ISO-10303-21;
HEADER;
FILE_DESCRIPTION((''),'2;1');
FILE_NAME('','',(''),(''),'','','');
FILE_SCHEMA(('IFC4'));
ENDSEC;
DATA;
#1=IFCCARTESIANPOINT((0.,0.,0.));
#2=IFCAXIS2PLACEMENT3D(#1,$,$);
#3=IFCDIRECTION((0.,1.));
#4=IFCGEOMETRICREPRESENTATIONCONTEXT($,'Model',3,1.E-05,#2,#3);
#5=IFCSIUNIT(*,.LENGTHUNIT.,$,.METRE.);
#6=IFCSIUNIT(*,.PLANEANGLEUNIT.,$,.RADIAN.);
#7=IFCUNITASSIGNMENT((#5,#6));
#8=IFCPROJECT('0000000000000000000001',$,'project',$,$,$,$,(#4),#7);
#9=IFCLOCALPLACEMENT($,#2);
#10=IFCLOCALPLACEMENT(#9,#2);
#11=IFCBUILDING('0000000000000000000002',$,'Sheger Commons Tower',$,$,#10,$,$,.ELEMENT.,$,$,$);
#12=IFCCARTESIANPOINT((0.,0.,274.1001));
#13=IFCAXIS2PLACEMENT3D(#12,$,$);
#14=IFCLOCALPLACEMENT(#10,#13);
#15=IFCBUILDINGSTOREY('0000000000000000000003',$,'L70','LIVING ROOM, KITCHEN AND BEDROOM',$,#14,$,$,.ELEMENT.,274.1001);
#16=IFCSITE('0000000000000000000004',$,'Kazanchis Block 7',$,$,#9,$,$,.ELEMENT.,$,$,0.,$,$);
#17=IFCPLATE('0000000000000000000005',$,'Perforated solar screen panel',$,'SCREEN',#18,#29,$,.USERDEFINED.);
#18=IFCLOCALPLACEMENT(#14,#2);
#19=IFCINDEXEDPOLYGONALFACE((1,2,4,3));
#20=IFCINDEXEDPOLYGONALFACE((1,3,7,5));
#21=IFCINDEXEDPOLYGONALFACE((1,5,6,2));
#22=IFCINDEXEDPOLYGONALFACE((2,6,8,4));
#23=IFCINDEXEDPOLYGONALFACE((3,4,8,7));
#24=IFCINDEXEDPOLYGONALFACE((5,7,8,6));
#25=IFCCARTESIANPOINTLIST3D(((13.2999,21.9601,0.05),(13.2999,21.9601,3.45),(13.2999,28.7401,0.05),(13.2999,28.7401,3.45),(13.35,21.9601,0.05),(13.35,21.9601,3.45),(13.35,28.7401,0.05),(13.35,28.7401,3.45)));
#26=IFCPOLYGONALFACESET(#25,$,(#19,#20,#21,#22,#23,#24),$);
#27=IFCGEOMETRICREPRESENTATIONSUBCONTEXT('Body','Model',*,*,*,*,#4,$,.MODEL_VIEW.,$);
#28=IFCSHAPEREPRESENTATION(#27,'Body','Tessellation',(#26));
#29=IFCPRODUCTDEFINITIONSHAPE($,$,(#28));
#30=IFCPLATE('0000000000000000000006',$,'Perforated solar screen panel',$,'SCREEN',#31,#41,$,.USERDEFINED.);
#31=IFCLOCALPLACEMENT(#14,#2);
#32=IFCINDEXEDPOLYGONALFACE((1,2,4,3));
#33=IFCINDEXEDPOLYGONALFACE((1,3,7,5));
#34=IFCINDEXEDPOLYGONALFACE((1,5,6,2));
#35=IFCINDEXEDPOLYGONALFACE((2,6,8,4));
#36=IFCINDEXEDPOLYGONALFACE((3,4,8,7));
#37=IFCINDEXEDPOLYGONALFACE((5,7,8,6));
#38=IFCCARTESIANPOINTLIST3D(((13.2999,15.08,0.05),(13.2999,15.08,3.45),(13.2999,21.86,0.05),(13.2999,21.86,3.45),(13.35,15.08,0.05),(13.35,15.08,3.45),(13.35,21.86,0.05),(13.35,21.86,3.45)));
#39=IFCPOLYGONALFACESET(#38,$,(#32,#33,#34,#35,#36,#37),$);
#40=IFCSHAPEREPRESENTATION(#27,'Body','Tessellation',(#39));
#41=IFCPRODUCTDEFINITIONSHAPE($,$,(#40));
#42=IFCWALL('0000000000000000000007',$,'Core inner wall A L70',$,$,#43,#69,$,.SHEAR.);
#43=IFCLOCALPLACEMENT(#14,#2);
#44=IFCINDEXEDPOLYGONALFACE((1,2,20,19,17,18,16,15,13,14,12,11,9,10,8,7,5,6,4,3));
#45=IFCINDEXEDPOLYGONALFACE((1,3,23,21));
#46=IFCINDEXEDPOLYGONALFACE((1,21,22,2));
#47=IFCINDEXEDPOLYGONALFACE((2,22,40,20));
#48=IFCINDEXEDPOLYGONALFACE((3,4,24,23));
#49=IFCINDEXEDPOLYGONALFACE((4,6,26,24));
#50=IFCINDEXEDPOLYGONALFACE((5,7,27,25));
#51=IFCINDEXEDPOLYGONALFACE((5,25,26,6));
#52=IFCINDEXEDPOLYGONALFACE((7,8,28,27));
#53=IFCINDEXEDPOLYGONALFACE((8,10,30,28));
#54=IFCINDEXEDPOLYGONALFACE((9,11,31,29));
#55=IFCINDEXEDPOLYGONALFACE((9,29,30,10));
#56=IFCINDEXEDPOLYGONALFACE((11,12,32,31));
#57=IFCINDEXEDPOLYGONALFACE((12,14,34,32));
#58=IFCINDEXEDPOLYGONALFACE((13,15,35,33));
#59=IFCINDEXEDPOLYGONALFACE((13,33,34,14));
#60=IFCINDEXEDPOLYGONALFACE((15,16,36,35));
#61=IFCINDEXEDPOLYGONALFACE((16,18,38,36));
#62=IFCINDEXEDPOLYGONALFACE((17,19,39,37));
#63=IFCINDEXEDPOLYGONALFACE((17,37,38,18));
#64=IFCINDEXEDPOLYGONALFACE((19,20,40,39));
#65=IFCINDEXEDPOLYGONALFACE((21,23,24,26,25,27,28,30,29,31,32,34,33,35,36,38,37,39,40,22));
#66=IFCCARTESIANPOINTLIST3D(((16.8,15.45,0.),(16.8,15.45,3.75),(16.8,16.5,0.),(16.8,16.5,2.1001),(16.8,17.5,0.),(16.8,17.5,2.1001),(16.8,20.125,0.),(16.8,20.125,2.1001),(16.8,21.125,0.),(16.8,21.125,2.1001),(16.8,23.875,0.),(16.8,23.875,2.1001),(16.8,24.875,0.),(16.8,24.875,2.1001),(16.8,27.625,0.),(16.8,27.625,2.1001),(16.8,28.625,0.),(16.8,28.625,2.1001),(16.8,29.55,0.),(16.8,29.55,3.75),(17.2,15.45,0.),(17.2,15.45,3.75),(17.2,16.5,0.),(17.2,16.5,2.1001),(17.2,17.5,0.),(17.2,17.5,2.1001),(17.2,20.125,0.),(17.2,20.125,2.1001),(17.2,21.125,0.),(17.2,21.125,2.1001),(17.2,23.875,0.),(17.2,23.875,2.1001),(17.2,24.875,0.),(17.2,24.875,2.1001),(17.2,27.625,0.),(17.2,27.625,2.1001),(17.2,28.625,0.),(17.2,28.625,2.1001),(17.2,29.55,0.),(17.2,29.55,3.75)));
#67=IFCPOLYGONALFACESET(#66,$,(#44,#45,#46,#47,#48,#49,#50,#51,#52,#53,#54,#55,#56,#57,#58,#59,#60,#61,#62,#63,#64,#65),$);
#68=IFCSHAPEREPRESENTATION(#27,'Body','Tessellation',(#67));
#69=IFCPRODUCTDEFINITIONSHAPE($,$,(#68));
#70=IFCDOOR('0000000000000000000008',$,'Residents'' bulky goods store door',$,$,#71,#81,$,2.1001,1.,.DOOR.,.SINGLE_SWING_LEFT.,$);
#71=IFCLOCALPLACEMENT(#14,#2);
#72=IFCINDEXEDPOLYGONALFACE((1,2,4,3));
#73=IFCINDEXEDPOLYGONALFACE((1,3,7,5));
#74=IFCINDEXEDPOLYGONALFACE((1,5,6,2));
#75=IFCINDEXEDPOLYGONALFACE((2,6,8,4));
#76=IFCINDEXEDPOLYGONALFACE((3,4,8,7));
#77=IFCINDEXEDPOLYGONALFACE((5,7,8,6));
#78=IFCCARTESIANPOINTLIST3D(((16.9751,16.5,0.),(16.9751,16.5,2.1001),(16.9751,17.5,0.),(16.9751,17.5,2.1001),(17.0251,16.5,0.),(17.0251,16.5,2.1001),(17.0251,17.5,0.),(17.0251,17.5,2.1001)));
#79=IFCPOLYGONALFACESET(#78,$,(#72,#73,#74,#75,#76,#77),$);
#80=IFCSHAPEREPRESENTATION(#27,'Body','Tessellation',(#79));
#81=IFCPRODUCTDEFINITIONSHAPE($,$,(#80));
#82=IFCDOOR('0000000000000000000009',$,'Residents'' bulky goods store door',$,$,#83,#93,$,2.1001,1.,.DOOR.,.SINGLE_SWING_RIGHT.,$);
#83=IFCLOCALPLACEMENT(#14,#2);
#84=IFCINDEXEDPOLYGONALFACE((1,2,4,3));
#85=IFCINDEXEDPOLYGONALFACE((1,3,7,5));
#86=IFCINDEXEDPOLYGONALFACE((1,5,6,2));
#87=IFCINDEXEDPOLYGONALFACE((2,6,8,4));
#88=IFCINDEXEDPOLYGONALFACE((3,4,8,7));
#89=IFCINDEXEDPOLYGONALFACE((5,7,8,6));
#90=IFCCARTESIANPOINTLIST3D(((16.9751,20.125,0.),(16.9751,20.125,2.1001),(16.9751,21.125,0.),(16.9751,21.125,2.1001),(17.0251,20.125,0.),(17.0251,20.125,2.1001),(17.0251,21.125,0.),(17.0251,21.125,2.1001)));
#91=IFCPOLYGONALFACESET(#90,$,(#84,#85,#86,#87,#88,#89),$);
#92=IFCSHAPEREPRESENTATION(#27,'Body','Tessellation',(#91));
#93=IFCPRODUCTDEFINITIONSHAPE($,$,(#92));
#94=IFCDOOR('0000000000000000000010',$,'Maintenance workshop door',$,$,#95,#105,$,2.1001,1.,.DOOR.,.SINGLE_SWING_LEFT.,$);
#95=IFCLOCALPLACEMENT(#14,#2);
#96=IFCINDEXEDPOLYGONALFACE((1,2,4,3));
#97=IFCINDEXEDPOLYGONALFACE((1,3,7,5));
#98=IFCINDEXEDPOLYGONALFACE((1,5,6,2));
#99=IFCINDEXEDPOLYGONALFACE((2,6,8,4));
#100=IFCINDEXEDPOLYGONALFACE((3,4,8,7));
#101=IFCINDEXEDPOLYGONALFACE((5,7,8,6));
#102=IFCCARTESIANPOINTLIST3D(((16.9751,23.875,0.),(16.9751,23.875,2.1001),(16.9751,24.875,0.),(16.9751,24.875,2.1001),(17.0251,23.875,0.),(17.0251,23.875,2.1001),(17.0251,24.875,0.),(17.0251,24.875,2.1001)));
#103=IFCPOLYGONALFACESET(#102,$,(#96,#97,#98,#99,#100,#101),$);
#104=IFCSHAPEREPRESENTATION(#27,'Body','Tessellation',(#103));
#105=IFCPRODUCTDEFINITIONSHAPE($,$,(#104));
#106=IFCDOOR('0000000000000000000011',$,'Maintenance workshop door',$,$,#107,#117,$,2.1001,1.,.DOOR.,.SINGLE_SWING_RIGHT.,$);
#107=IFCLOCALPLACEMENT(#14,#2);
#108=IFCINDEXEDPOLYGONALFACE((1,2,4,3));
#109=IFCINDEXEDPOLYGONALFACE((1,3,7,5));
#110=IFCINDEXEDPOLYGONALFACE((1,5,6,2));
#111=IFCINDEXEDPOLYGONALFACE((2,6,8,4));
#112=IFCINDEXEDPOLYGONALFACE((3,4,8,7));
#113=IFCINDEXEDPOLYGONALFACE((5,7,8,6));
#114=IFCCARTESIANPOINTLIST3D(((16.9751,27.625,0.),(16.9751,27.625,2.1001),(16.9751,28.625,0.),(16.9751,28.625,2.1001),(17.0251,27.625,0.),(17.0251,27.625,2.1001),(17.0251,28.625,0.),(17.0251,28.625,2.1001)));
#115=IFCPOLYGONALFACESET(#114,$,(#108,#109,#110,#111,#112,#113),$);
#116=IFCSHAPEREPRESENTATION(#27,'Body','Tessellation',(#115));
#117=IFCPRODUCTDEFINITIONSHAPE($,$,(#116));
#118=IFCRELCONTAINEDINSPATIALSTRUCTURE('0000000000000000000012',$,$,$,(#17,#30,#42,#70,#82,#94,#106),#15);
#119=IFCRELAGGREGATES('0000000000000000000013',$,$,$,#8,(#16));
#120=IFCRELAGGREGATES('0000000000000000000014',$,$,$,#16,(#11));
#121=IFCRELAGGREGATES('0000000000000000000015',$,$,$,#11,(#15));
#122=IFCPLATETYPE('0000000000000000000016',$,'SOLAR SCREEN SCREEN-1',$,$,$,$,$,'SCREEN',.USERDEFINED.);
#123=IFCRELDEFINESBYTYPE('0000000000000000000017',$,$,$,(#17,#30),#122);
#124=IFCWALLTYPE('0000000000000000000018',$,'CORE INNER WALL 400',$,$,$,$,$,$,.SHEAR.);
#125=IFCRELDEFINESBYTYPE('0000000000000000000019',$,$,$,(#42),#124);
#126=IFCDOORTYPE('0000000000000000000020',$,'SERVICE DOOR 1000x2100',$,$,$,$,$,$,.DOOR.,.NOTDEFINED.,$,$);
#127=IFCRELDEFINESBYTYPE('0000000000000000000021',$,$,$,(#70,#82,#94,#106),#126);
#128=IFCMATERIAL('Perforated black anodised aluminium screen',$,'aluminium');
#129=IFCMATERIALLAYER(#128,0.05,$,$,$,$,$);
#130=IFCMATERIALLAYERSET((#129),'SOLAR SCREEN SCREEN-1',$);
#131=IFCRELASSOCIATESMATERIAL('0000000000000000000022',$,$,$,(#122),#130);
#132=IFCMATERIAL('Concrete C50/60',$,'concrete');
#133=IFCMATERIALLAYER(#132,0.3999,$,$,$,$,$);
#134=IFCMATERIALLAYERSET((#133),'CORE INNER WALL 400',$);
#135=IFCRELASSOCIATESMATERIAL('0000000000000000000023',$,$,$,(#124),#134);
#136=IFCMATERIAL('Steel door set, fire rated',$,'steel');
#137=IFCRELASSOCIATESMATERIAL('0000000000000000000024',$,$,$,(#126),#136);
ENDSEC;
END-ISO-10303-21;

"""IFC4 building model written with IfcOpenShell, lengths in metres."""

from ifc_helpers import new_model, si_unit, direction, frame, frame_2d, origin, origin_2d, place, context, subcontext, project, spatial, rectangle, extrude, material, layer, layer_set, type_object, element, fill, save


model = new_model("IFC4")

# Units and contexts
model_context = context("Model", 3, precision=1e-05, world=origin(), true_north=direction((0.0, 1.0)))
body_context = subcontext(model_context, "Body", "Model", "MODEL_VIEW")
ifc_project = project(units=[si_unit("LENGTHUNIT", "METRE"), si_unit("PLANEANGLEUNIT", "RADIAN")], contexts=[model_context])

# Site, building, storey
site_placement = place(None, origin())
site = spatial("IfcSite", under=ifc_project, at=site_placement, Name="Kazanchis Block 7", CompositionType="ELEMENT", RefElevation=0.0)
building_placement = place(site_placement, origin())
building = spatial("IfcBuilding", under=site, at=building_placement, Name="Sheger Commons Tower", CompositionType="ELEMENT")
storey_placement = place(building_placement, frame((0.0, 0.0, 274.1001)))
storey = spatial("IfcBuildingStorey", under=building, at=storey_placement, Name="L70", Description="LIVING ROOM, KITCHEN AND BEDROOM", CompositionType="ELEMENT", Elevation=274.1001)

# Plates
ifc_material_1 = material(Name="Perforated black anodised aluminium screen", Category="aluminium")
ifc_layer_1 = layer(ifc_material_1, 0.05)
ifc_layer_set_1 = layer_set([ifc_layer_1], Name="SOLAR SCREEN SCREEN-1")
plate_type = type_object("IfcPlateType", Name="SOLAR SCREEN SCREEN-1", ElementType="SCREEN", PredefinedType="USERDEFINED", material=ifc_layer_set_1)
for number, where, z_axis, x_axis, name in (
    (1, (13.325, 25.3501, 0.05), (0.0, 0.0, 1.0), (0.0, -1.0, 0.0), "Perforated solar screen panel"),
    (2, (13.325, 18.47, 0.05), (0.0, 0.0, 1.0), (0.0, -1.0, 0.0), "Perforated solar screen panel"),
):
    element("IfcPlate", number, at=place(storey_placement, frame(where, z_axis=z_axis, x_axis=x_axis)), inside=storey, type_object=plate_type, Name=name, ObjectType="SCREEN", PredefinedType="USERDEFINED", context=body_context, shape_type="SweptSolid", body=[
        extrude(rectangle(XDim=6.78, YDim=0.05, at=origin_2d()), origin(), (0.0, 0.0, 1.0), 3.3999),
    ])

# Wall, openings, doors
ifc_material_2 = material(Name="Concrete C50/60", Category="concrete")
ifc_layer_2 = layer(ifc_material_2, 0.3999)
ifc_layer_set_2 = layer_set([ifc_layer_2], Name="CORE INNER WALL 400")
wall_type_1 = type_object("IfcWallType", Name="CORE INNER WALL 400", PredefinedType="SHEAR", material=ifc_layer_set_2)
wall_1_placement = place(storey_placement, frame((17.0, 15.45, 0.0), z_axis=(0.0, 0.0, 1.0), x_axis=(0.0, 1.0, 0.0)))
wall_1 = element("IfcWall", 3, at=wall_1_placement, inside=storey, type_object=wall_type_1, Name="Core inner wall A L70", PredefinedType="SHEAR", context=body_context, shape_type="SweptSolid", body=[
    extrude(rectangle(XDim=14.1001, YDim=0.3999, at=frame_2d((7.05, 0.0))), origin(), (0.0, 0.0, 1.0), 3.75),
])
opening_1_placement = place(wall_1_placement, frame((1.05, 0.0, 0.0)))
opening_1 = element("IfcOpeningElement", 4, at=opening_1_placement, cuts=wall_1, PredefinedType="OPENING", context=body_context, shape_type="SweptSolid", body=[
    extrude(rectangle(XDim=1.0, YDim=2.1001, at=frame_2d((0.5, 1.05))), frame((0.0, 0.21, 0.0), z_axis=(0.0, -1.0, 0.0), x_axis=(1.0, 0.0, 0.0)), (0.0, 0.0, 1.0), 0.4199),
])
opening_2_placement = place(wall_1_placement, frame((4.675, 0.0, 0.0)))
opening_2 = element("IfcOpeningElement", 5, at=opening_2_placement, cuts=wall_1, PredefinedType="OPENING", context=body_context, shape_type="SweptSolid", body=[
    extrude(rectangle(XDim=1.0, YDim=2.1001, at=frame_2d((0.5, 1.05))), frame((0.0, 0.21, 0.0), z_axis=(0.0, -1.0, 0.0), x_axis=(1.0, 0.0, 0.0)), (0.0, 0.0, 1.0), 0.4199),
])
opening_3_placement = place(wall_1_placement, frame((8.425, 0.0, 0.0)))
opening_3 = element("IfcOpeningElement", 6, at=opening_3_placement, cuts=wall_1, PredefinedType="OPENING", context=body_context, shape_type="SweptSolid", body=[
    extrude(rectangle(XDim=1.0, YDim=2.1001, at=frame_2d((0.5, 1.05))), frame((0.0, 0.21, 0.0), z_axis=(0.0, -1.0, 0.0), x_axis=(1.0, 0.0, 0.0)), (0.0, 0.0, 1.0), 0.4199),
])
opening_4_placement = place(wall_1_placement, frame((12.175, 0.0, 0.0)))
opening_4 = element("IfcOpeningElement", 7, at=opening_4_placement, cuts=wall_1, PredefinedType="OPENING", context=body_context, shape_type="SweptSolid", body=[
    extrude(rectangle(XDim=1.0, YDim=2.1001, at=frame_2d((0.5, 1.05))), frame((0.0, 0.21, 0.0), z_axis=(0.0, -1.0, 0.0), x_axis=(1.0, 0.0, 0.0)), (0.0, 0.0, 1.0), 0.4199),
])
ifc_material_3 = material(Name="Steel door set, fire rated", Category="steel")
door_type_1 = type_object("IfcDoorType", Name="SERVICE DOOR 1000x2100", OperationType="NOTDEFINED", PredefinedType="DOOR", material=ifc_material_3)
door_1_placement = place(opening_1_placement, origin())
door_1 = element("IfcDoor", 8, at=door_1_placement, inside=storey, type_object=door_type_1, Name="Residents' bulky goods store door", OperationType="SINGLE_SWING_LEFT", OverallHeight=2.1001, OverallWidth=1.0, PredefinedType="DOOR", context=body_context, shape_type="SweptSolid", body=[
    extrude(rectangle(XDim=1.0, YDim=2.1001, at=frame_2d((0.5, 1.05))), frame((0.0, 0.0249, 0.0), z_axis=(0.0, -1.0, 0.0), x_axis=(1.0, 0.0, 0.0)), (0.0, 0.0, 1.0), 0.05),
])
fill(opening_1, door_1)
door_2_placement = place(opening_2_placement, origin())
door_2 = element("IfcDoor", 9, at=door_2_placement, inside=storey, type_object=door_type_1, Name="Residents' bulky goods store door", OperationType="SINGLE_SWING_RIGHT", OverallHeight=2.1001, OverallWidth=1.0, PredefinedType="DOOR", context=body_context, shape_type="SweptSolid", body=[
    extrude(rectangle(XDim=1.0, YDim=2.1001, at=frame_2d((0.5, 1.05))), frame((0.0, 0.0249, 0.0), z_axis=(0.0, -1.0, 0.0), x_axis=(1.0, 0.0, 0.0)), (0.0, 0.0, 1.0), 0.05),
])
fill(opening_2, door_2)
door_3_placement = place(opening_3_placement, origin())
door_3 = element("IfcDoor", 10, at=door_3_placement, inside=storey, type_object=door_type_1, Name="Maintenance workshop door", OperationType="SINGLE_SWING_LEFT", OverallHeight=2.1001, OverallWidth=1.0, PredefinedType="DOOR", context=body_context, shape_type="SweptSolid", body=[
    extrude(rectangle(XDim=1.0, YDim=2.1001, at=frame_2d((0.5, 1.05))), frame((0.0, 0.0249, 0.0), z_axis=(0.0, -1.0, 0.0), x_axis=(1.0, 0.0, 0.0)), (0.0, 0.0, 1.0), 0.05),
])
fill(opening_3, door_3)
door_4_placement = place(opening_4_placement, origin())
door_4 = element("IfcDoor", 11, at=door_4_placement, inside=storey, type_object=door_type_1, Name="Maintenance workshop door", OperationType="SINGLE_SWING_RIGHT", OverallHeight=2.1001, OverallWidth=1.0, PredefinedType="DOOR", context=body_context, shape_type="SweptSolid", body=[
    extrude(rectangle(XDim=1.0, YDim=2.1001, at=frame_2d((0.5, 1.05))), frame((0.0, 0.0249, 0.0), z_axis=(0.0, -1.0, 0.0), x_axis=(1.0, 0.0, 0.0)), (0.0, 0.0, 1.0), 0.05),
])
fill(opening_4, door_4)

save(model, "model.ifc")
